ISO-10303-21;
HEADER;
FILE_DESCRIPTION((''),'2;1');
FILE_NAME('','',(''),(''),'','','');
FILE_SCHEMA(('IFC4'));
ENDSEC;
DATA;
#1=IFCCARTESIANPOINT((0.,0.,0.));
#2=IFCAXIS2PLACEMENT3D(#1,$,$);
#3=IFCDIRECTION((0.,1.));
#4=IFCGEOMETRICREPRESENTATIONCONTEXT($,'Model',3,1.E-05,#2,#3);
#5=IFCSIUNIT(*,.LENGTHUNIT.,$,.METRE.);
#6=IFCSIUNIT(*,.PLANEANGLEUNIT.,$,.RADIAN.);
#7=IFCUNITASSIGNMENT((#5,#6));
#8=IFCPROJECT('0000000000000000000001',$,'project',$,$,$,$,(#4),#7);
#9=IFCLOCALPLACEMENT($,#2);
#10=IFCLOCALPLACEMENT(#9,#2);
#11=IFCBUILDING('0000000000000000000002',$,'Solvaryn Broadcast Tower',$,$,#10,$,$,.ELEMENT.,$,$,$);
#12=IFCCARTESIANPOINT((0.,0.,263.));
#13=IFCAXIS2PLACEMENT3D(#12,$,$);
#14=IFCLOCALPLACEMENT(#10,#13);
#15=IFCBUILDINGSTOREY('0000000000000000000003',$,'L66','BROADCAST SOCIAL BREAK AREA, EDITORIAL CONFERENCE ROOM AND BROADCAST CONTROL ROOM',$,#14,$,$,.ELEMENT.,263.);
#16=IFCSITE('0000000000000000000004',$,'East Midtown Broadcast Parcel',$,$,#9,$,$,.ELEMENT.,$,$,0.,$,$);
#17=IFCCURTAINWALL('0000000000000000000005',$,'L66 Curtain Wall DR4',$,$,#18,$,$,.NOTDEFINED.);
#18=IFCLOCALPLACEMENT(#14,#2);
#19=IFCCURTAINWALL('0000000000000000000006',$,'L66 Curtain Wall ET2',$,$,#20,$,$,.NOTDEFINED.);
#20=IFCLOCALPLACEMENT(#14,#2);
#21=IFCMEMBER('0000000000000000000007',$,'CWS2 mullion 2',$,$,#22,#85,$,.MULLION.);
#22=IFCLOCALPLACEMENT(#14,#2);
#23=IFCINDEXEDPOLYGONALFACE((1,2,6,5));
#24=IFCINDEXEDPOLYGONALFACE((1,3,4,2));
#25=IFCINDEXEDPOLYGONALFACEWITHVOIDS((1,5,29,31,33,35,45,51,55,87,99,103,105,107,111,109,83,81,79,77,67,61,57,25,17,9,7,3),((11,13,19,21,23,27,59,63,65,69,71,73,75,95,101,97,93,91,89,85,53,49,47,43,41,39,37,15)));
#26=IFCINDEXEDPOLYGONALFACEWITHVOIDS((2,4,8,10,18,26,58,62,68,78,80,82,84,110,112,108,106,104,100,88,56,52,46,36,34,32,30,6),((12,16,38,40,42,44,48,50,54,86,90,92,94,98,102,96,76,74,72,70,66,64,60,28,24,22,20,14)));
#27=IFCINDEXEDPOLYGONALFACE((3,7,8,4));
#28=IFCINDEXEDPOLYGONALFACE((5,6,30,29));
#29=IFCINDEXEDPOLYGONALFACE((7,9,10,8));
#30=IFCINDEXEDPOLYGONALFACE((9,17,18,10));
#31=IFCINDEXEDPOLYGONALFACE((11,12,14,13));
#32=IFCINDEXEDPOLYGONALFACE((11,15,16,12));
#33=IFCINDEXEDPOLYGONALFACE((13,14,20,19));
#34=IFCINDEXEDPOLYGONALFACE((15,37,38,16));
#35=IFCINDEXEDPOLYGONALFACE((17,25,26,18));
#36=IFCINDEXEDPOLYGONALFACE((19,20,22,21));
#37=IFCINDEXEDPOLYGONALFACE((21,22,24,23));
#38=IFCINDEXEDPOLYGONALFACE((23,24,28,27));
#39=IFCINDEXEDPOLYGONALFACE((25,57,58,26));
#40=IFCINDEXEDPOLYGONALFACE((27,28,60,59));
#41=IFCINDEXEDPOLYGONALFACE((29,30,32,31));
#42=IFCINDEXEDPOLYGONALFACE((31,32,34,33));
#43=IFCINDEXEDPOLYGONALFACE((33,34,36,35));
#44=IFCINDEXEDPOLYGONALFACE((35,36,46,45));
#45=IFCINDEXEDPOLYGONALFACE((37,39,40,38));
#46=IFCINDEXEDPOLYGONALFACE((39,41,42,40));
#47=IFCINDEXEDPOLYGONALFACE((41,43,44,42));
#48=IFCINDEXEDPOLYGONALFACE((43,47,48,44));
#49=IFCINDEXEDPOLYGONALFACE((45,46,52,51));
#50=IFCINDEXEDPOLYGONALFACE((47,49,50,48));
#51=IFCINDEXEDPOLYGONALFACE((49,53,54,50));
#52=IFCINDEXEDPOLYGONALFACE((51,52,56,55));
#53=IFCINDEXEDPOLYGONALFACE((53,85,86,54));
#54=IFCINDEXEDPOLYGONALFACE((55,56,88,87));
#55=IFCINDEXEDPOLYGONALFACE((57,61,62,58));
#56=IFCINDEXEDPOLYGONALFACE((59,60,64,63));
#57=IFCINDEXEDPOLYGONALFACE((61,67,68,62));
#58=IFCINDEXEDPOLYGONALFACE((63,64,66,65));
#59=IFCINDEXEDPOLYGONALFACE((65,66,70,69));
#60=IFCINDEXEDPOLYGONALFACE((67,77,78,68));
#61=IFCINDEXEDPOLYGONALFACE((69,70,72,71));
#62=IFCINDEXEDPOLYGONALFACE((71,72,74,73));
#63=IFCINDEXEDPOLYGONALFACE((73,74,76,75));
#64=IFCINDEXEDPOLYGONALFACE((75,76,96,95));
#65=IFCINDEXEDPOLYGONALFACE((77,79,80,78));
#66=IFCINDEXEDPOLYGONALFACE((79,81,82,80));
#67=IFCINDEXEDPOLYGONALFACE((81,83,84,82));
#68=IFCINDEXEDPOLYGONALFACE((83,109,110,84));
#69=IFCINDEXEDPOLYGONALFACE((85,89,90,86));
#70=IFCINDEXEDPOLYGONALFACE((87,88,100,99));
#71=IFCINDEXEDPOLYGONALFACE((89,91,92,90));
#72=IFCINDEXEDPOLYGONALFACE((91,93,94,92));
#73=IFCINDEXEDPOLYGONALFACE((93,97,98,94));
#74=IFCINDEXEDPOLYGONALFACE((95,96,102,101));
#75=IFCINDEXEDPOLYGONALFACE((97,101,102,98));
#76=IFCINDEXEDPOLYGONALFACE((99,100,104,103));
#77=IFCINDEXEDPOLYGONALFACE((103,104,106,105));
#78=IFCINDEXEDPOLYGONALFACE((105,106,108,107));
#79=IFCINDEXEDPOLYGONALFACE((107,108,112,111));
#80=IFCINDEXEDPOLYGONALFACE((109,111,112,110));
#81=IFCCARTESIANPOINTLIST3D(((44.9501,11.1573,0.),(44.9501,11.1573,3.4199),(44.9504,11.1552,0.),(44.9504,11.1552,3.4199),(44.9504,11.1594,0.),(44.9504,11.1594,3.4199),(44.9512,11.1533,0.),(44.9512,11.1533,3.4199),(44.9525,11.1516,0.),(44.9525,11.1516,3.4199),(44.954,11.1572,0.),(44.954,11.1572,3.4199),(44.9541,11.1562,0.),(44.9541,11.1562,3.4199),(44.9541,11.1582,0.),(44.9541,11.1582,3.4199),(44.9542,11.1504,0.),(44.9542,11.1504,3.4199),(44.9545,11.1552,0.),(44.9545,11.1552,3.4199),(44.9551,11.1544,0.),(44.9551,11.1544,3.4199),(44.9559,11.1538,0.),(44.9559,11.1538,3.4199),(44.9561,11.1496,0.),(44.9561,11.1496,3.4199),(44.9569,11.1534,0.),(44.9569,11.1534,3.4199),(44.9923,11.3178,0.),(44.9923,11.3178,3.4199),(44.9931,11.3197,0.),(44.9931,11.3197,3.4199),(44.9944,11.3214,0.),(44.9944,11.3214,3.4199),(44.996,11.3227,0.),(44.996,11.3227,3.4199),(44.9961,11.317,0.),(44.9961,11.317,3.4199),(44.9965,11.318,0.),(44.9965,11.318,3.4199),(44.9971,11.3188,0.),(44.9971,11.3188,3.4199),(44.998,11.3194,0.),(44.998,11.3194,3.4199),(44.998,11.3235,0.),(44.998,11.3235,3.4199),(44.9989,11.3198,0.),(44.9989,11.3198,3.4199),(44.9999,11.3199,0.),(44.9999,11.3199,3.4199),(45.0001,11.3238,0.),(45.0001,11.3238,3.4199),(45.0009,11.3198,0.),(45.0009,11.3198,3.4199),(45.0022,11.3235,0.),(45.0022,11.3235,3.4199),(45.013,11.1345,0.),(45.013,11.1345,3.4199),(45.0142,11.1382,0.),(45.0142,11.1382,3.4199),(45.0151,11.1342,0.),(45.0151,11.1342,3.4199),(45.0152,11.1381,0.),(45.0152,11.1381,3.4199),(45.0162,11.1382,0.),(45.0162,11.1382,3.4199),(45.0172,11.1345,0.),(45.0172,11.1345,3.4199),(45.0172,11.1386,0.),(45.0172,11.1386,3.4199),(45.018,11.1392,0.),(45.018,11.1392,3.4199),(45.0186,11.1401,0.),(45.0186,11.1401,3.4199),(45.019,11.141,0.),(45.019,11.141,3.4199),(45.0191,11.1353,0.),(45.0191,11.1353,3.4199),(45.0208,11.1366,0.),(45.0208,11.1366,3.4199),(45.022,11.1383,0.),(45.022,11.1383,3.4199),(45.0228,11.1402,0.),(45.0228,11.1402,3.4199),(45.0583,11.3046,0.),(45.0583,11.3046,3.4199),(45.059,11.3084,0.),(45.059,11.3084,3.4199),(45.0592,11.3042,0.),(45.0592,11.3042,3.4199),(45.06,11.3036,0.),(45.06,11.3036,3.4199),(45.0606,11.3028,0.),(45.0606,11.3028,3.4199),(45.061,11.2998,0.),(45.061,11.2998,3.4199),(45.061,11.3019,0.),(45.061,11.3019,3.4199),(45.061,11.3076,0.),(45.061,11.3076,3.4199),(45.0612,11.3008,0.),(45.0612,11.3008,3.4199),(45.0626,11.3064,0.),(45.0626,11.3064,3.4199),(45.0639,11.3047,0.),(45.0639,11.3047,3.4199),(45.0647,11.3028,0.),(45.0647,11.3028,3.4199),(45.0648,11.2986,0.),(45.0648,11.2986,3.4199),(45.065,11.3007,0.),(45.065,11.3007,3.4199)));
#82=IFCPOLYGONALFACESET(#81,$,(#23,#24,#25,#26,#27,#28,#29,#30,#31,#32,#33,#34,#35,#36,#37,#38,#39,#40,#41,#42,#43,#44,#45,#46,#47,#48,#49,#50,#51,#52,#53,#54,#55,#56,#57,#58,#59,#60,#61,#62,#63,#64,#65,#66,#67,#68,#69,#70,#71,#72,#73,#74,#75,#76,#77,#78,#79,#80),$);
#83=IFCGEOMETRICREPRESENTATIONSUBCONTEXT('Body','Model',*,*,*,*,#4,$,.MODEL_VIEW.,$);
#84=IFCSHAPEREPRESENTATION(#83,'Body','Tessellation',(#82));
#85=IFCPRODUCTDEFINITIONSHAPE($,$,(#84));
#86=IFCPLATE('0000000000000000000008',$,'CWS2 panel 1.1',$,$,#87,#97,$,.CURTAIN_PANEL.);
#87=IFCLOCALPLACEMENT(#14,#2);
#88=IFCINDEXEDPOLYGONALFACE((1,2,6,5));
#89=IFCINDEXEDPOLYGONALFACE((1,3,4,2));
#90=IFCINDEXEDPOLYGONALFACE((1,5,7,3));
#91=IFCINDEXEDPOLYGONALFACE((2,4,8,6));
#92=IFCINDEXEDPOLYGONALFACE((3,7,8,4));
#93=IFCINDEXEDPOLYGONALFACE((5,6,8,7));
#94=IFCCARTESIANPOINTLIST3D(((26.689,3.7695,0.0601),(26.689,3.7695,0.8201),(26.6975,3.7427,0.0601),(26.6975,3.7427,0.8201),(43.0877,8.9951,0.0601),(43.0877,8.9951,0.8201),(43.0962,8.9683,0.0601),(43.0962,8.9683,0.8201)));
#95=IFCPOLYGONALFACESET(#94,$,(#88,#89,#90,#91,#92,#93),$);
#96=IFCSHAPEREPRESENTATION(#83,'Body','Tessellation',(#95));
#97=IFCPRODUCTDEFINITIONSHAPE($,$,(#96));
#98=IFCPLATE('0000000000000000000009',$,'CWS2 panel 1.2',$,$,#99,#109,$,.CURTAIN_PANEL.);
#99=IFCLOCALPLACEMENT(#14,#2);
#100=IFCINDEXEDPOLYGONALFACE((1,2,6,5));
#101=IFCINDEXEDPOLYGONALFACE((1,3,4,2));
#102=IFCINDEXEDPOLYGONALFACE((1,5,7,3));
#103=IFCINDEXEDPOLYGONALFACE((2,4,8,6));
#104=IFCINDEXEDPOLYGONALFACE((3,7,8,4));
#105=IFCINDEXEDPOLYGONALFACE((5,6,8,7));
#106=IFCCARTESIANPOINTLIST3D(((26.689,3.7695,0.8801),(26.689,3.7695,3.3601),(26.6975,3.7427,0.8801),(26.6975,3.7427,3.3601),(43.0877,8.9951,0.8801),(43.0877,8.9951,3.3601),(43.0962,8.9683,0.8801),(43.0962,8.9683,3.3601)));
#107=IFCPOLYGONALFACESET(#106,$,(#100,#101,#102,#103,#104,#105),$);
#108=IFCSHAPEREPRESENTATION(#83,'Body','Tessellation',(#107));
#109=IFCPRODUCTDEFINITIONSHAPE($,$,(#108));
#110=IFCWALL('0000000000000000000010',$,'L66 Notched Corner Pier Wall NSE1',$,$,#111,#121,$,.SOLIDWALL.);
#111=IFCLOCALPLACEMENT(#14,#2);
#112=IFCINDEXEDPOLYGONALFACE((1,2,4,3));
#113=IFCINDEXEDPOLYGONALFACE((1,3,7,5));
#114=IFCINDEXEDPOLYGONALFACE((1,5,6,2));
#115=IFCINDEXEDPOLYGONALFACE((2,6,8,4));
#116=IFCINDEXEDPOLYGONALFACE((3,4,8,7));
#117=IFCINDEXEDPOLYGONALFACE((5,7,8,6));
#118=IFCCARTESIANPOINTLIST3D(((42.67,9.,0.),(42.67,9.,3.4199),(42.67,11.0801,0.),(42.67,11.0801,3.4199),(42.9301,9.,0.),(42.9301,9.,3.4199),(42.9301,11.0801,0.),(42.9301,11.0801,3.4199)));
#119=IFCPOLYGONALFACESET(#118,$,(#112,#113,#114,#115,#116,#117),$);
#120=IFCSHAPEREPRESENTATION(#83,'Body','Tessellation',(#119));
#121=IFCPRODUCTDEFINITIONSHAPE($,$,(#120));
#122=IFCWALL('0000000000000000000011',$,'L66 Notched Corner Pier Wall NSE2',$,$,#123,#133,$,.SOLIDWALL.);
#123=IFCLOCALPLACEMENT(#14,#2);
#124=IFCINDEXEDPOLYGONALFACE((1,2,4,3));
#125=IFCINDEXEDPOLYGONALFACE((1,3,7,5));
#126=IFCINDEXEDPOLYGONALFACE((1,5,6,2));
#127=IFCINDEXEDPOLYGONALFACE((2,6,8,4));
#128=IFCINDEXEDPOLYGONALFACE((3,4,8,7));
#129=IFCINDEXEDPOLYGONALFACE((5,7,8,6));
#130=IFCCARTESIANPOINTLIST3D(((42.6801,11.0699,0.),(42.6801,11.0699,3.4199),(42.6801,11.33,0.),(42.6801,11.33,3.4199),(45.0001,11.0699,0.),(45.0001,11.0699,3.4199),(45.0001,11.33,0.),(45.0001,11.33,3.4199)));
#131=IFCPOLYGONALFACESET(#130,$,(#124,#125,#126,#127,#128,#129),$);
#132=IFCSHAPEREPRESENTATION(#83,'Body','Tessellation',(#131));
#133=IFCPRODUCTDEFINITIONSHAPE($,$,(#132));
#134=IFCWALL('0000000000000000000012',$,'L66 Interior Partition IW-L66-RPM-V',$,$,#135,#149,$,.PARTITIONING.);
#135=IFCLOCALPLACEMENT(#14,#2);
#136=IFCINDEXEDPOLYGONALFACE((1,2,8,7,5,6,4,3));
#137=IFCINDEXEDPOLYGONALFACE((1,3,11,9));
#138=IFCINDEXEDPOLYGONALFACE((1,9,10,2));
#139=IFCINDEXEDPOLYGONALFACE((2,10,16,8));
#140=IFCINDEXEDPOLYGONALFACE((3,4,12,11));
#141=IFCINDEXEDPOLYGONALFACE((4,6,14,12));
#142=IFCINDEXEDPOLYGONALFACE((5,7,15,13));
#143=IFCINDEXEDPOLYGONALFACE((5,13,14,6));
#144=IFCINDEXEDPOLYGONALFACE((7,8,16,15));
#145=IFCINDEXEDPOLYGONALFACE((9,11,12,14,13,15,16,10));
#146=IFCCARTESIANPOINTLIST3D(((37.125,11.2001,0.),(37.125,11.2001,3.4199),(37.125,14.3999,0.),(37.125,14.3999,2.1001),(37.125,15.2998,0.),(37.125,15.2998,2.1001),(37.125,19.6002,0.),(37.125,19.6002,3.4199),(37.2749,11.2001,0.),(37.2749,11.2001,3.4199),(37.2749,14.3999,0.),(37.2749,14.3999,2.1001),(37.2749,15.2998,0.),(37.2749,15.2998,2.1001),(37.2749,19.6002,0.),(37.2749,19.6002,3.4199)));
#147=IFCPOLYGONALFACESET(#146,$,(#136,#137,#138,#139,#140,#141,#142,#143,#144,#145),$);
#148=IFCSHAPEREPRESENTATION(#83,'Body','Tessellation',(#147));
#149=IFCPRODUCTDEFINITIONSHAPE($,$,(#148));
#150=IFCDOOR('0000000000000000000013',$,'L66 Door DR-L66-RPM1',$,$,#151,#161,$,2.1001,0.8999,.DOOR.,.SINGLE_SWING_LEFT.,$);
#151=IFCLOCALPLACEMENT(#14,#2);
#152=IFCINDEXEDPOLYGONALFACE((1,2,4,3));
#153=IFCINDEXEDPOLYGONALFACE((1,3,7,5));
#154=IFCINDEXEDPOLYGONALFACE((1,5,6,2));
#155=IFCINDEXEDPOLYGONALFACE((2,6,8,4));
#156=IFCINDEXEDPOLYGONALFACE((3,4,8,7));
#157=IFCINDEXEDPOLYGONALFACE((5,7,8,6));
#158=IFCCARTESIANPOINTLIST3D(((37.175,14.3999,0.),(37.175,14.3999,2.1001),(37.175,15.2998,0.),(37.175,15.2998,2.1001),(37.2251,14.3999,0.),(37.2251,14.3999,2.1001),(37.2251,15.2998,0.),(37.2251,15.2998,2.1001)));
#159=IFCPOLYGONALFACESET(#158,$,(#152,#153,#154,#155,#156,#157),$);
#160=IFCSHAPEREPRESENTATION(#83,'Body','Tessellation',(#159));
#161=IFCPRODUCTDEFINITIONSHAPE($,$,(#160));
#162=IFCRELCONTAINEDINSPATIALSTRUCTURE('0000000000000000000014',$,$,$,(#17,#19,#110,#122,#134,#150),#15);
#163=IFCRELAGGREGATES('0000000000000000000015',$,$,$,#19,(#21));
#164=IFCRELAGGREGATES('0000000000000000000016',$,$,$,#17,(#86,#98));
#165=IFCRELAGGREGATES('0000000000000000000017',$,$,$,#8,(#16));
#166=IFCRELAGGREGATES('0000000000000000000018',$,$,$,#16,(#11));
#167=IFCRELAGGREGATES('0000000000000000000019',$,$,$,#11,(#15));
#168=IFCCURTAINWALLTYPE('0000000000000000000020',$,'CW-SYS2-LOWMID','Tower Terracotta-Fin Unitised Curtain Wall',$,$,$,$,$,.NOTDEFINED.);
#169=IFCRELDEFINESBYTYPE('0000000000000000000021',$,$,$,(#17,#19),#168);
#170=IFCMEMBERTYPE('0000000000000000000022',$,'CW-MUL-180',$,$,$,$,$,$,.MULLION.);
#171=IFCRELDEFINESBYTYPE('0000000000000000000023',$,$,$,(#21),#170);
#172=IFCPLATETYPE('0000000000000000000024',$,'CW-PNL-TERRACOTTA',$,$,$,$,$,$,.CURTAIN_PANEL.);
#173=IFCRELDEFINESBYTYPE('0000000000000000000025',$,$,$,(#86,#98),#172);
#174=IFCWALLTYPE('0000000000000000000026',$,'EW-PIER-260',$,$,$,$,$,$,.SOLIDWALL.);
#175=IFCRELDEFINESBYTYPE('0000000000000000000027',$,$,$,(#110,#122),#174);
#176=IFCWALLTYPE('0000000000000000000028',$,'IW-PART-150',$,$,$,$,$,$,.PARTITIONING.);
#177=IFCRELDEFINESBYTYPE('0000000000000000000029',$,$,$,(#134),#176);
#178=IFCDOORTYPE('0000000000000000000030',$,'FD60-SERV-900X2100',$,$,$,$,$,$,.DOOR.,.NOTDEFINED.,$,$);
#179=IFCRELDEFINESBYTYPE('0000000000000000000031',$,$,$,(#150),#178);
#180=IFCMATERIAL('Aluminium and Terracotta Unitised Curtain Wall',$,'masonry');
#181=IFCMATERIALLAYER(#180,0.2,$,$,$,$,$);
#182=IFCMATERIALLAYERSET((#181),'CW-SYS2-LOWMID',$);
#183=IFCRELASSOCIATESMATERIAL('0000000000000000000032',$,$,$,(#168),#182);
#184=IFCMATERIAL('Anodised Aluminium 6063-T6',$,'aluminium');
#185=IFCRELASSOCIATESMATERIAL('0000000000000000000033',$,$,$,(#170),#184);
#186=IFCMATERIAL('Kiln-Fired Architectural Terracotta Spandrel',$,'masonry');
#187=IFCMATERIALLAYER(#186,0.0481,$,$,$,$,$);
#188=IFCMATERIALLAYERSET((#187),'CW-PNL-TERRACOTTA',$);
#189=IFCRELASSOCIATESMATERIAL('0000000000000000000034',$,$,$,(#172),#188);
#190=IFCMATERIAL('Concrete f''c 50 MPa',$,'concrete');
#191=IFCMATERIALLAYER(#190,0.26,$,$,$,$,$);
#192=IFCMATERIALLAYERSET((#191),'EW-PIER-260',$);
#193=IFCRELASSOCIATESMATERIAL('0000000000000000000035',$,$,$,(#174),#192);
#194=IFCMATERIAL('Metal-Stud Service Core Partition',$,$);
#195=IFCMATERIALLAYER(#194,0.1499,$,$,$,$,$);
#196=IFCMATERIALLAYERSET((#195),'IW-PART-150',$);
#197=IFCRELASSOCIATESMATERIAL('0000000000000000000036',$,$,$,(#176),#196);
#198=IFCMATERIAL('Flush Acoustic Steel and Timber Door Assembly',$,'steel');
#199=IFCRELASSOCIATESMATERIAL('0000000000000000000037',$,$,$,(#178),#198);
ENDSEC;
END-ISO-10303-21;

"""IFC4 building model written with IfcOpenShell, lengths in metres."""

from ifc_helpers import new_model, si_unit, direction, frame, frame_2d, origin, origin_2d, place, context, subcontext, project, spatial, rectangle, hollow_rectangle, extrude, material, layer, layer_set, material_profile, profile_set, type_object, element, fill, aggregate, save


model = new_model("IFC4")

# Units and contexts
model_context = context("Model", 3, precision=1e-05, world=origin(), true_north=direction((0.0, 1.0)))
body_context = subcontext(model_context, "Body", "Model", "MODEL_VIEW")
ifc_project = project(units=[si_unit("LENGTHUNIT", "METRE"), si_unit("PLANEANGLEUNIT", "RADIAN")], contexts=[model_context])

# Site, building, storey
site_placement = place(None, origin())
site = spatial("IfcSite", under=ifc_project, at=site_placement, Name="East Midtown Broadcast Parcel", CompositionType="ELEMENT", RefElevation=0.0)
building_placement = place(site_placement, origin())
building = spatial("IfcBuilding", under=site, at=building_placement, Name="Solvaryn Broadcast Tower", CompositionType="ELEMENT")
storey_placement = place(building_placement, frame((0.0, 0.0, 263.0)))
storey = spatial("IfcBuildingStorey", under=building, at=storey_placement, Name="L66", Description="BROADCAST SOCIAL BREAK AREA, EDITORIAL CONFERENCE ROOM AND BROADCAST CONTROL ROOM", CompositionType="ELEMENT", Elevation=263.0)

# Curtain walls, member
ifc_material_1 = material(Name="Aluminium and Terracotta Unitised Curtain Wall", Category="masonry")
ifc_layer_1 = layer(ifc_material_1, 0.2)
ifc_layer_set_1 = layer_set([ifc_layer_1], Name="CW-SYS2-LOWMID")
curtain_wall_type = type_object("IfcCurtainWallType", Name="CW-SYS2-LOWMID", Description="Tower Terracotta-Fin Unitised Curtain Wall", PredefinedType="NOTDEFINED", material=ifc_layer_set_1)
curtain_wall_1_placement = place(storey_placement, origin())
curtain_wall_1 = element("IfcCurtainWall", 1, at=curtain_wall_1_placement, inside=storey, type_object=curtain_wall_type, Name="L66 Curtain Wall DR4", PredefinedType="NOTDEFINED")
ifc_material_2 = material(Name="Anodised Aluminium 6063-T6", Category="aluminium")
ifc_material_profile_1 = material_profile(ifc_material_2, hollow_rectangle(XDim=0.075, YDim=0.1799, WallThickness=0.0039, InnerFilletRadius=0.0039, OuterFilletRadius=0.0081, at=origin_2d()))
ifc_profile_set_1 = profile_set([ifc_material_profile_1], Name="Anodised Aluminium 6063-T6")
member_type = type_object("IfcMemberType", Name="CW-MUL-180", PredefinedType="MULLION", material=ifc_profile_set_1)
curtain_wall_2_placement = place(storey_placement, origin())
curtain_wall_2 = element("IfcCurtainWall", 2, at=curtain_wall_2_placement, inside=storey, type_object=curtain_wall_type, Name="L66 Curtain Wall ET2", PredefinedType="NOTDEFINED")
member_1_placement = place(storey_placement, frame((45.0076, 11.229, 0.0), z_axis=(0.0, 0.0, 1.0), x_axis=(0.966705, -0.255893, 0.0)))
member_1 = element("IfcMember", 3, at=member_1_placement, type_object=member_type, Name="CWS2 mullion 2", PredefinedType="MULLION", context=body_context, shape_type="SweptSolid", body=[
    extrude(hollow_rectangle(XDim=0.075, YDim=0.1799, WallThickness=0.0039, InnerFilletRadius=0.0039, OuterFilletRadius=0.0081, at=origin_2d()), origin(), (0.0, 0.0, 1.0), 3.4199),
])
aggregate(curtain_wall_2, [member_1])

# Plates
ifc_material_3 = material(Name="Kiln-Fired Architectural Terracotta Spandrel", Category="masonry")
ifc_layer_2 = layer(ifc_material_3, 0.0481)
ifc_layer_set_2 = layer_set([ifc_layer_2], Name="CW-PNL-TERRACOTTA")
plate_type = type_object("IfcPlateType", Name="CW-PNL-TERRACOTTA", PredefinedType="CURTAIN_PANEL", material=ifc_layer_set_2)
plate_1_placement = place(storey_placement, frame((34.8926, 6.3689, 0.0601), z_axis=(0.0, 0.0, 1.0), x_axis=(0.952795, 0.303616, 0.0)))
plate_1 = element("IfcPlate", 4, at=plate_1_placement, type_object=plate_type, Name="CWS2 panel 1.1", PredefinedType="CURTAIN_PANEL", context=body_context, shape_type="SweptSolid", body=[
    extrude(rectangle(XDim=17.2112, YDim=0.0281, at=origin_2d()), origin(), (0.0, 0.0, 1.0), 0.76),
])
plate_2_placement = place(storey_placement, frame((34.8926, 6.3689, 0.8801), z_axis=(0.0, 0.0, 1.0), x_axis=(0.952795, 0.303616, 0.0)))
plate_2 = element("IfcPlate", 5, at=plate_2_placement, type_object=plate_type, Name="CWS2 panel 1.2", PredefinedType="CURTAIN_PANEL", context=body_context, shape_type="SweptSolid", body=[
    extrude(rectangle(XDim=17.2112, YDim=0.0281, at=origin_2d()), origin(), (0.0, 0.0, 1.0), 2.48),
])
aggregate(curtain_wall_1, [plate_1, plate_2])

# Walls
ifc_material_4 = material(Name="Concrete f'c 50 MPa", Category="concrete")
ifc_layer_3 = layer(ifc_material_4, 0.26)
ifc_layer_set_3 = layer_set([ifc_layer_3], Name="EW-PIER-260")
wall_type_1 = type_object("IfcWallType", Name="EW-PIER-260", PredefinedType="SOLIDWALL", material=ifc_layer_set_3)
wall_1_placement = place(storey_placement, frame((42.8, 9.0, 0.0), z_axis=(0.0, 0.0, 1.0), x_axis=(0.0, 1.0, 0.0)))
element("IfcWall", 6, at=wall_1_placement, inside=storey, type_object=wall_type_1, Name="L66 Notched Corner Pier Wall NSE1", PredefinedType="SOLIDWALL", context=body_context, shape_type="SweptSolid", body=[
    extrude(rectangle(XDim=2.0801, YDim=0.26, at=frame_2d((1.04, 0.0))), origin(), (0.0, 0.0, 1.0), 3.4199),
])
wall_2_placement = place(storey_placement, frame((42.6799, 11.2, 0.0), z_axis=(0.0, 0.0, 1.0), x_axis=(1.0, 0.0, 0.0)))
element("IfcWall", 7, at=wall_2_placement, inside=storey, type_object=wall_type_1, Name="L66 Notched Corner Pier Wall NSE2", PredefinedType="SOLIDWALL", context=body_context, shape_type="SweptSolid", body=[
    extrude(rectangle(XDim=2.3201, YDim=0.26, at=frame_2d((1.1602, 0.0))), origin(), (0.0, 0.0, 1.0), 3.4199),
])

# Wall, opening, door
ifc_material_5 = material(Name="Metal-Stud Service Core Partition")
ifc_layer_4 = layer(ifc_material_5, 0.1499)
ifc_layer_set_4 = layer_set([ifc_layer_4], Name="IW-PART-150")
wall_type_2 = type_object("IfcWallType", Name="IW-PART-150", PredefinedType="PARTITIONING", material=ifc_layer_set_4)
wall_3_placement = place(storey_placement, frame((37.2, 11.2, 0.0), z_axis=(0.0, 0.0, 1.0), x_axis=(0.0, 1.0, 0.0)))
wall_3 = element("IfcWall", 8, at=wall_3_placement, inside=storey, type_object=wall_type_2, Name="L66 Interior Partition IW-L66-RPM-V", PredefinedType="PARTITIONING", context=body_context, shape_type="SweptSolid", body=[
    extrude(rectangle(XDim=8.4001, YDim=0.1499, at=frame_2d((4.2002, 0.0))), origin(), (0.0, 0.0, 1.0), 3.4199),
])
opening_1_placement = place(wall_3_placement, frame((3.2, 0.0, 0.0)))
opening_1 = element("IfcOpeningElement", 9, at=opening_1_placement, cuts=wall_3, PredefinedType="OPENING", context=body_context, shape_type="SweptSolid", body=[
    extrude(rectangle(XDim=0.8999, YDim=2.1001, at=frame_2d((0.45, 1.05))), frame((0.0, 0.085, 0.0), z_axis=(0.0, -1.0, 0.0), x_axis=(1.0, 0.0, 0.0)), (0.0, 0.0, 1.0), 0.1699),
])
ifc_material_6 = material(Name="Flush Acoustic Steel and Timber Door Assembly", Category="steel")
door_type = type_object("IfcDoorType", Name="FD60-SERV-900X2100", OperationType="NOTDEFINED", PredefinedType="DOOR", material=ifc_material_6)
door_1_placement = place(opening_1_placement, origin())
door_1 = element("IfcDoor", 10, at=door_1_placement, inside=storey, type_object=door_type, Name="L66 Door DR-L66-RPM1", OperationType="SINGLE_SWING_LEFT", OverallHeight=2.1001, OverallWidth=0.8999, PredefinedType="DOOR", context=body_context, shape_type="SweptSolid", body=[
    extrude(rectangle(XDim=0.8999, YDim=2.1001, at=frame_2d((0.45, 1.05))), frame((0.0, 0.0249, 0.0), z_axis=(0.0, -1.0, 0.0), x_axis=(1.0, 0.0, 0.0)), (0.0, 0.0, 1.0), 0.05),
])
fill(opening_1, door_1)

save(model, "model.ifc")
